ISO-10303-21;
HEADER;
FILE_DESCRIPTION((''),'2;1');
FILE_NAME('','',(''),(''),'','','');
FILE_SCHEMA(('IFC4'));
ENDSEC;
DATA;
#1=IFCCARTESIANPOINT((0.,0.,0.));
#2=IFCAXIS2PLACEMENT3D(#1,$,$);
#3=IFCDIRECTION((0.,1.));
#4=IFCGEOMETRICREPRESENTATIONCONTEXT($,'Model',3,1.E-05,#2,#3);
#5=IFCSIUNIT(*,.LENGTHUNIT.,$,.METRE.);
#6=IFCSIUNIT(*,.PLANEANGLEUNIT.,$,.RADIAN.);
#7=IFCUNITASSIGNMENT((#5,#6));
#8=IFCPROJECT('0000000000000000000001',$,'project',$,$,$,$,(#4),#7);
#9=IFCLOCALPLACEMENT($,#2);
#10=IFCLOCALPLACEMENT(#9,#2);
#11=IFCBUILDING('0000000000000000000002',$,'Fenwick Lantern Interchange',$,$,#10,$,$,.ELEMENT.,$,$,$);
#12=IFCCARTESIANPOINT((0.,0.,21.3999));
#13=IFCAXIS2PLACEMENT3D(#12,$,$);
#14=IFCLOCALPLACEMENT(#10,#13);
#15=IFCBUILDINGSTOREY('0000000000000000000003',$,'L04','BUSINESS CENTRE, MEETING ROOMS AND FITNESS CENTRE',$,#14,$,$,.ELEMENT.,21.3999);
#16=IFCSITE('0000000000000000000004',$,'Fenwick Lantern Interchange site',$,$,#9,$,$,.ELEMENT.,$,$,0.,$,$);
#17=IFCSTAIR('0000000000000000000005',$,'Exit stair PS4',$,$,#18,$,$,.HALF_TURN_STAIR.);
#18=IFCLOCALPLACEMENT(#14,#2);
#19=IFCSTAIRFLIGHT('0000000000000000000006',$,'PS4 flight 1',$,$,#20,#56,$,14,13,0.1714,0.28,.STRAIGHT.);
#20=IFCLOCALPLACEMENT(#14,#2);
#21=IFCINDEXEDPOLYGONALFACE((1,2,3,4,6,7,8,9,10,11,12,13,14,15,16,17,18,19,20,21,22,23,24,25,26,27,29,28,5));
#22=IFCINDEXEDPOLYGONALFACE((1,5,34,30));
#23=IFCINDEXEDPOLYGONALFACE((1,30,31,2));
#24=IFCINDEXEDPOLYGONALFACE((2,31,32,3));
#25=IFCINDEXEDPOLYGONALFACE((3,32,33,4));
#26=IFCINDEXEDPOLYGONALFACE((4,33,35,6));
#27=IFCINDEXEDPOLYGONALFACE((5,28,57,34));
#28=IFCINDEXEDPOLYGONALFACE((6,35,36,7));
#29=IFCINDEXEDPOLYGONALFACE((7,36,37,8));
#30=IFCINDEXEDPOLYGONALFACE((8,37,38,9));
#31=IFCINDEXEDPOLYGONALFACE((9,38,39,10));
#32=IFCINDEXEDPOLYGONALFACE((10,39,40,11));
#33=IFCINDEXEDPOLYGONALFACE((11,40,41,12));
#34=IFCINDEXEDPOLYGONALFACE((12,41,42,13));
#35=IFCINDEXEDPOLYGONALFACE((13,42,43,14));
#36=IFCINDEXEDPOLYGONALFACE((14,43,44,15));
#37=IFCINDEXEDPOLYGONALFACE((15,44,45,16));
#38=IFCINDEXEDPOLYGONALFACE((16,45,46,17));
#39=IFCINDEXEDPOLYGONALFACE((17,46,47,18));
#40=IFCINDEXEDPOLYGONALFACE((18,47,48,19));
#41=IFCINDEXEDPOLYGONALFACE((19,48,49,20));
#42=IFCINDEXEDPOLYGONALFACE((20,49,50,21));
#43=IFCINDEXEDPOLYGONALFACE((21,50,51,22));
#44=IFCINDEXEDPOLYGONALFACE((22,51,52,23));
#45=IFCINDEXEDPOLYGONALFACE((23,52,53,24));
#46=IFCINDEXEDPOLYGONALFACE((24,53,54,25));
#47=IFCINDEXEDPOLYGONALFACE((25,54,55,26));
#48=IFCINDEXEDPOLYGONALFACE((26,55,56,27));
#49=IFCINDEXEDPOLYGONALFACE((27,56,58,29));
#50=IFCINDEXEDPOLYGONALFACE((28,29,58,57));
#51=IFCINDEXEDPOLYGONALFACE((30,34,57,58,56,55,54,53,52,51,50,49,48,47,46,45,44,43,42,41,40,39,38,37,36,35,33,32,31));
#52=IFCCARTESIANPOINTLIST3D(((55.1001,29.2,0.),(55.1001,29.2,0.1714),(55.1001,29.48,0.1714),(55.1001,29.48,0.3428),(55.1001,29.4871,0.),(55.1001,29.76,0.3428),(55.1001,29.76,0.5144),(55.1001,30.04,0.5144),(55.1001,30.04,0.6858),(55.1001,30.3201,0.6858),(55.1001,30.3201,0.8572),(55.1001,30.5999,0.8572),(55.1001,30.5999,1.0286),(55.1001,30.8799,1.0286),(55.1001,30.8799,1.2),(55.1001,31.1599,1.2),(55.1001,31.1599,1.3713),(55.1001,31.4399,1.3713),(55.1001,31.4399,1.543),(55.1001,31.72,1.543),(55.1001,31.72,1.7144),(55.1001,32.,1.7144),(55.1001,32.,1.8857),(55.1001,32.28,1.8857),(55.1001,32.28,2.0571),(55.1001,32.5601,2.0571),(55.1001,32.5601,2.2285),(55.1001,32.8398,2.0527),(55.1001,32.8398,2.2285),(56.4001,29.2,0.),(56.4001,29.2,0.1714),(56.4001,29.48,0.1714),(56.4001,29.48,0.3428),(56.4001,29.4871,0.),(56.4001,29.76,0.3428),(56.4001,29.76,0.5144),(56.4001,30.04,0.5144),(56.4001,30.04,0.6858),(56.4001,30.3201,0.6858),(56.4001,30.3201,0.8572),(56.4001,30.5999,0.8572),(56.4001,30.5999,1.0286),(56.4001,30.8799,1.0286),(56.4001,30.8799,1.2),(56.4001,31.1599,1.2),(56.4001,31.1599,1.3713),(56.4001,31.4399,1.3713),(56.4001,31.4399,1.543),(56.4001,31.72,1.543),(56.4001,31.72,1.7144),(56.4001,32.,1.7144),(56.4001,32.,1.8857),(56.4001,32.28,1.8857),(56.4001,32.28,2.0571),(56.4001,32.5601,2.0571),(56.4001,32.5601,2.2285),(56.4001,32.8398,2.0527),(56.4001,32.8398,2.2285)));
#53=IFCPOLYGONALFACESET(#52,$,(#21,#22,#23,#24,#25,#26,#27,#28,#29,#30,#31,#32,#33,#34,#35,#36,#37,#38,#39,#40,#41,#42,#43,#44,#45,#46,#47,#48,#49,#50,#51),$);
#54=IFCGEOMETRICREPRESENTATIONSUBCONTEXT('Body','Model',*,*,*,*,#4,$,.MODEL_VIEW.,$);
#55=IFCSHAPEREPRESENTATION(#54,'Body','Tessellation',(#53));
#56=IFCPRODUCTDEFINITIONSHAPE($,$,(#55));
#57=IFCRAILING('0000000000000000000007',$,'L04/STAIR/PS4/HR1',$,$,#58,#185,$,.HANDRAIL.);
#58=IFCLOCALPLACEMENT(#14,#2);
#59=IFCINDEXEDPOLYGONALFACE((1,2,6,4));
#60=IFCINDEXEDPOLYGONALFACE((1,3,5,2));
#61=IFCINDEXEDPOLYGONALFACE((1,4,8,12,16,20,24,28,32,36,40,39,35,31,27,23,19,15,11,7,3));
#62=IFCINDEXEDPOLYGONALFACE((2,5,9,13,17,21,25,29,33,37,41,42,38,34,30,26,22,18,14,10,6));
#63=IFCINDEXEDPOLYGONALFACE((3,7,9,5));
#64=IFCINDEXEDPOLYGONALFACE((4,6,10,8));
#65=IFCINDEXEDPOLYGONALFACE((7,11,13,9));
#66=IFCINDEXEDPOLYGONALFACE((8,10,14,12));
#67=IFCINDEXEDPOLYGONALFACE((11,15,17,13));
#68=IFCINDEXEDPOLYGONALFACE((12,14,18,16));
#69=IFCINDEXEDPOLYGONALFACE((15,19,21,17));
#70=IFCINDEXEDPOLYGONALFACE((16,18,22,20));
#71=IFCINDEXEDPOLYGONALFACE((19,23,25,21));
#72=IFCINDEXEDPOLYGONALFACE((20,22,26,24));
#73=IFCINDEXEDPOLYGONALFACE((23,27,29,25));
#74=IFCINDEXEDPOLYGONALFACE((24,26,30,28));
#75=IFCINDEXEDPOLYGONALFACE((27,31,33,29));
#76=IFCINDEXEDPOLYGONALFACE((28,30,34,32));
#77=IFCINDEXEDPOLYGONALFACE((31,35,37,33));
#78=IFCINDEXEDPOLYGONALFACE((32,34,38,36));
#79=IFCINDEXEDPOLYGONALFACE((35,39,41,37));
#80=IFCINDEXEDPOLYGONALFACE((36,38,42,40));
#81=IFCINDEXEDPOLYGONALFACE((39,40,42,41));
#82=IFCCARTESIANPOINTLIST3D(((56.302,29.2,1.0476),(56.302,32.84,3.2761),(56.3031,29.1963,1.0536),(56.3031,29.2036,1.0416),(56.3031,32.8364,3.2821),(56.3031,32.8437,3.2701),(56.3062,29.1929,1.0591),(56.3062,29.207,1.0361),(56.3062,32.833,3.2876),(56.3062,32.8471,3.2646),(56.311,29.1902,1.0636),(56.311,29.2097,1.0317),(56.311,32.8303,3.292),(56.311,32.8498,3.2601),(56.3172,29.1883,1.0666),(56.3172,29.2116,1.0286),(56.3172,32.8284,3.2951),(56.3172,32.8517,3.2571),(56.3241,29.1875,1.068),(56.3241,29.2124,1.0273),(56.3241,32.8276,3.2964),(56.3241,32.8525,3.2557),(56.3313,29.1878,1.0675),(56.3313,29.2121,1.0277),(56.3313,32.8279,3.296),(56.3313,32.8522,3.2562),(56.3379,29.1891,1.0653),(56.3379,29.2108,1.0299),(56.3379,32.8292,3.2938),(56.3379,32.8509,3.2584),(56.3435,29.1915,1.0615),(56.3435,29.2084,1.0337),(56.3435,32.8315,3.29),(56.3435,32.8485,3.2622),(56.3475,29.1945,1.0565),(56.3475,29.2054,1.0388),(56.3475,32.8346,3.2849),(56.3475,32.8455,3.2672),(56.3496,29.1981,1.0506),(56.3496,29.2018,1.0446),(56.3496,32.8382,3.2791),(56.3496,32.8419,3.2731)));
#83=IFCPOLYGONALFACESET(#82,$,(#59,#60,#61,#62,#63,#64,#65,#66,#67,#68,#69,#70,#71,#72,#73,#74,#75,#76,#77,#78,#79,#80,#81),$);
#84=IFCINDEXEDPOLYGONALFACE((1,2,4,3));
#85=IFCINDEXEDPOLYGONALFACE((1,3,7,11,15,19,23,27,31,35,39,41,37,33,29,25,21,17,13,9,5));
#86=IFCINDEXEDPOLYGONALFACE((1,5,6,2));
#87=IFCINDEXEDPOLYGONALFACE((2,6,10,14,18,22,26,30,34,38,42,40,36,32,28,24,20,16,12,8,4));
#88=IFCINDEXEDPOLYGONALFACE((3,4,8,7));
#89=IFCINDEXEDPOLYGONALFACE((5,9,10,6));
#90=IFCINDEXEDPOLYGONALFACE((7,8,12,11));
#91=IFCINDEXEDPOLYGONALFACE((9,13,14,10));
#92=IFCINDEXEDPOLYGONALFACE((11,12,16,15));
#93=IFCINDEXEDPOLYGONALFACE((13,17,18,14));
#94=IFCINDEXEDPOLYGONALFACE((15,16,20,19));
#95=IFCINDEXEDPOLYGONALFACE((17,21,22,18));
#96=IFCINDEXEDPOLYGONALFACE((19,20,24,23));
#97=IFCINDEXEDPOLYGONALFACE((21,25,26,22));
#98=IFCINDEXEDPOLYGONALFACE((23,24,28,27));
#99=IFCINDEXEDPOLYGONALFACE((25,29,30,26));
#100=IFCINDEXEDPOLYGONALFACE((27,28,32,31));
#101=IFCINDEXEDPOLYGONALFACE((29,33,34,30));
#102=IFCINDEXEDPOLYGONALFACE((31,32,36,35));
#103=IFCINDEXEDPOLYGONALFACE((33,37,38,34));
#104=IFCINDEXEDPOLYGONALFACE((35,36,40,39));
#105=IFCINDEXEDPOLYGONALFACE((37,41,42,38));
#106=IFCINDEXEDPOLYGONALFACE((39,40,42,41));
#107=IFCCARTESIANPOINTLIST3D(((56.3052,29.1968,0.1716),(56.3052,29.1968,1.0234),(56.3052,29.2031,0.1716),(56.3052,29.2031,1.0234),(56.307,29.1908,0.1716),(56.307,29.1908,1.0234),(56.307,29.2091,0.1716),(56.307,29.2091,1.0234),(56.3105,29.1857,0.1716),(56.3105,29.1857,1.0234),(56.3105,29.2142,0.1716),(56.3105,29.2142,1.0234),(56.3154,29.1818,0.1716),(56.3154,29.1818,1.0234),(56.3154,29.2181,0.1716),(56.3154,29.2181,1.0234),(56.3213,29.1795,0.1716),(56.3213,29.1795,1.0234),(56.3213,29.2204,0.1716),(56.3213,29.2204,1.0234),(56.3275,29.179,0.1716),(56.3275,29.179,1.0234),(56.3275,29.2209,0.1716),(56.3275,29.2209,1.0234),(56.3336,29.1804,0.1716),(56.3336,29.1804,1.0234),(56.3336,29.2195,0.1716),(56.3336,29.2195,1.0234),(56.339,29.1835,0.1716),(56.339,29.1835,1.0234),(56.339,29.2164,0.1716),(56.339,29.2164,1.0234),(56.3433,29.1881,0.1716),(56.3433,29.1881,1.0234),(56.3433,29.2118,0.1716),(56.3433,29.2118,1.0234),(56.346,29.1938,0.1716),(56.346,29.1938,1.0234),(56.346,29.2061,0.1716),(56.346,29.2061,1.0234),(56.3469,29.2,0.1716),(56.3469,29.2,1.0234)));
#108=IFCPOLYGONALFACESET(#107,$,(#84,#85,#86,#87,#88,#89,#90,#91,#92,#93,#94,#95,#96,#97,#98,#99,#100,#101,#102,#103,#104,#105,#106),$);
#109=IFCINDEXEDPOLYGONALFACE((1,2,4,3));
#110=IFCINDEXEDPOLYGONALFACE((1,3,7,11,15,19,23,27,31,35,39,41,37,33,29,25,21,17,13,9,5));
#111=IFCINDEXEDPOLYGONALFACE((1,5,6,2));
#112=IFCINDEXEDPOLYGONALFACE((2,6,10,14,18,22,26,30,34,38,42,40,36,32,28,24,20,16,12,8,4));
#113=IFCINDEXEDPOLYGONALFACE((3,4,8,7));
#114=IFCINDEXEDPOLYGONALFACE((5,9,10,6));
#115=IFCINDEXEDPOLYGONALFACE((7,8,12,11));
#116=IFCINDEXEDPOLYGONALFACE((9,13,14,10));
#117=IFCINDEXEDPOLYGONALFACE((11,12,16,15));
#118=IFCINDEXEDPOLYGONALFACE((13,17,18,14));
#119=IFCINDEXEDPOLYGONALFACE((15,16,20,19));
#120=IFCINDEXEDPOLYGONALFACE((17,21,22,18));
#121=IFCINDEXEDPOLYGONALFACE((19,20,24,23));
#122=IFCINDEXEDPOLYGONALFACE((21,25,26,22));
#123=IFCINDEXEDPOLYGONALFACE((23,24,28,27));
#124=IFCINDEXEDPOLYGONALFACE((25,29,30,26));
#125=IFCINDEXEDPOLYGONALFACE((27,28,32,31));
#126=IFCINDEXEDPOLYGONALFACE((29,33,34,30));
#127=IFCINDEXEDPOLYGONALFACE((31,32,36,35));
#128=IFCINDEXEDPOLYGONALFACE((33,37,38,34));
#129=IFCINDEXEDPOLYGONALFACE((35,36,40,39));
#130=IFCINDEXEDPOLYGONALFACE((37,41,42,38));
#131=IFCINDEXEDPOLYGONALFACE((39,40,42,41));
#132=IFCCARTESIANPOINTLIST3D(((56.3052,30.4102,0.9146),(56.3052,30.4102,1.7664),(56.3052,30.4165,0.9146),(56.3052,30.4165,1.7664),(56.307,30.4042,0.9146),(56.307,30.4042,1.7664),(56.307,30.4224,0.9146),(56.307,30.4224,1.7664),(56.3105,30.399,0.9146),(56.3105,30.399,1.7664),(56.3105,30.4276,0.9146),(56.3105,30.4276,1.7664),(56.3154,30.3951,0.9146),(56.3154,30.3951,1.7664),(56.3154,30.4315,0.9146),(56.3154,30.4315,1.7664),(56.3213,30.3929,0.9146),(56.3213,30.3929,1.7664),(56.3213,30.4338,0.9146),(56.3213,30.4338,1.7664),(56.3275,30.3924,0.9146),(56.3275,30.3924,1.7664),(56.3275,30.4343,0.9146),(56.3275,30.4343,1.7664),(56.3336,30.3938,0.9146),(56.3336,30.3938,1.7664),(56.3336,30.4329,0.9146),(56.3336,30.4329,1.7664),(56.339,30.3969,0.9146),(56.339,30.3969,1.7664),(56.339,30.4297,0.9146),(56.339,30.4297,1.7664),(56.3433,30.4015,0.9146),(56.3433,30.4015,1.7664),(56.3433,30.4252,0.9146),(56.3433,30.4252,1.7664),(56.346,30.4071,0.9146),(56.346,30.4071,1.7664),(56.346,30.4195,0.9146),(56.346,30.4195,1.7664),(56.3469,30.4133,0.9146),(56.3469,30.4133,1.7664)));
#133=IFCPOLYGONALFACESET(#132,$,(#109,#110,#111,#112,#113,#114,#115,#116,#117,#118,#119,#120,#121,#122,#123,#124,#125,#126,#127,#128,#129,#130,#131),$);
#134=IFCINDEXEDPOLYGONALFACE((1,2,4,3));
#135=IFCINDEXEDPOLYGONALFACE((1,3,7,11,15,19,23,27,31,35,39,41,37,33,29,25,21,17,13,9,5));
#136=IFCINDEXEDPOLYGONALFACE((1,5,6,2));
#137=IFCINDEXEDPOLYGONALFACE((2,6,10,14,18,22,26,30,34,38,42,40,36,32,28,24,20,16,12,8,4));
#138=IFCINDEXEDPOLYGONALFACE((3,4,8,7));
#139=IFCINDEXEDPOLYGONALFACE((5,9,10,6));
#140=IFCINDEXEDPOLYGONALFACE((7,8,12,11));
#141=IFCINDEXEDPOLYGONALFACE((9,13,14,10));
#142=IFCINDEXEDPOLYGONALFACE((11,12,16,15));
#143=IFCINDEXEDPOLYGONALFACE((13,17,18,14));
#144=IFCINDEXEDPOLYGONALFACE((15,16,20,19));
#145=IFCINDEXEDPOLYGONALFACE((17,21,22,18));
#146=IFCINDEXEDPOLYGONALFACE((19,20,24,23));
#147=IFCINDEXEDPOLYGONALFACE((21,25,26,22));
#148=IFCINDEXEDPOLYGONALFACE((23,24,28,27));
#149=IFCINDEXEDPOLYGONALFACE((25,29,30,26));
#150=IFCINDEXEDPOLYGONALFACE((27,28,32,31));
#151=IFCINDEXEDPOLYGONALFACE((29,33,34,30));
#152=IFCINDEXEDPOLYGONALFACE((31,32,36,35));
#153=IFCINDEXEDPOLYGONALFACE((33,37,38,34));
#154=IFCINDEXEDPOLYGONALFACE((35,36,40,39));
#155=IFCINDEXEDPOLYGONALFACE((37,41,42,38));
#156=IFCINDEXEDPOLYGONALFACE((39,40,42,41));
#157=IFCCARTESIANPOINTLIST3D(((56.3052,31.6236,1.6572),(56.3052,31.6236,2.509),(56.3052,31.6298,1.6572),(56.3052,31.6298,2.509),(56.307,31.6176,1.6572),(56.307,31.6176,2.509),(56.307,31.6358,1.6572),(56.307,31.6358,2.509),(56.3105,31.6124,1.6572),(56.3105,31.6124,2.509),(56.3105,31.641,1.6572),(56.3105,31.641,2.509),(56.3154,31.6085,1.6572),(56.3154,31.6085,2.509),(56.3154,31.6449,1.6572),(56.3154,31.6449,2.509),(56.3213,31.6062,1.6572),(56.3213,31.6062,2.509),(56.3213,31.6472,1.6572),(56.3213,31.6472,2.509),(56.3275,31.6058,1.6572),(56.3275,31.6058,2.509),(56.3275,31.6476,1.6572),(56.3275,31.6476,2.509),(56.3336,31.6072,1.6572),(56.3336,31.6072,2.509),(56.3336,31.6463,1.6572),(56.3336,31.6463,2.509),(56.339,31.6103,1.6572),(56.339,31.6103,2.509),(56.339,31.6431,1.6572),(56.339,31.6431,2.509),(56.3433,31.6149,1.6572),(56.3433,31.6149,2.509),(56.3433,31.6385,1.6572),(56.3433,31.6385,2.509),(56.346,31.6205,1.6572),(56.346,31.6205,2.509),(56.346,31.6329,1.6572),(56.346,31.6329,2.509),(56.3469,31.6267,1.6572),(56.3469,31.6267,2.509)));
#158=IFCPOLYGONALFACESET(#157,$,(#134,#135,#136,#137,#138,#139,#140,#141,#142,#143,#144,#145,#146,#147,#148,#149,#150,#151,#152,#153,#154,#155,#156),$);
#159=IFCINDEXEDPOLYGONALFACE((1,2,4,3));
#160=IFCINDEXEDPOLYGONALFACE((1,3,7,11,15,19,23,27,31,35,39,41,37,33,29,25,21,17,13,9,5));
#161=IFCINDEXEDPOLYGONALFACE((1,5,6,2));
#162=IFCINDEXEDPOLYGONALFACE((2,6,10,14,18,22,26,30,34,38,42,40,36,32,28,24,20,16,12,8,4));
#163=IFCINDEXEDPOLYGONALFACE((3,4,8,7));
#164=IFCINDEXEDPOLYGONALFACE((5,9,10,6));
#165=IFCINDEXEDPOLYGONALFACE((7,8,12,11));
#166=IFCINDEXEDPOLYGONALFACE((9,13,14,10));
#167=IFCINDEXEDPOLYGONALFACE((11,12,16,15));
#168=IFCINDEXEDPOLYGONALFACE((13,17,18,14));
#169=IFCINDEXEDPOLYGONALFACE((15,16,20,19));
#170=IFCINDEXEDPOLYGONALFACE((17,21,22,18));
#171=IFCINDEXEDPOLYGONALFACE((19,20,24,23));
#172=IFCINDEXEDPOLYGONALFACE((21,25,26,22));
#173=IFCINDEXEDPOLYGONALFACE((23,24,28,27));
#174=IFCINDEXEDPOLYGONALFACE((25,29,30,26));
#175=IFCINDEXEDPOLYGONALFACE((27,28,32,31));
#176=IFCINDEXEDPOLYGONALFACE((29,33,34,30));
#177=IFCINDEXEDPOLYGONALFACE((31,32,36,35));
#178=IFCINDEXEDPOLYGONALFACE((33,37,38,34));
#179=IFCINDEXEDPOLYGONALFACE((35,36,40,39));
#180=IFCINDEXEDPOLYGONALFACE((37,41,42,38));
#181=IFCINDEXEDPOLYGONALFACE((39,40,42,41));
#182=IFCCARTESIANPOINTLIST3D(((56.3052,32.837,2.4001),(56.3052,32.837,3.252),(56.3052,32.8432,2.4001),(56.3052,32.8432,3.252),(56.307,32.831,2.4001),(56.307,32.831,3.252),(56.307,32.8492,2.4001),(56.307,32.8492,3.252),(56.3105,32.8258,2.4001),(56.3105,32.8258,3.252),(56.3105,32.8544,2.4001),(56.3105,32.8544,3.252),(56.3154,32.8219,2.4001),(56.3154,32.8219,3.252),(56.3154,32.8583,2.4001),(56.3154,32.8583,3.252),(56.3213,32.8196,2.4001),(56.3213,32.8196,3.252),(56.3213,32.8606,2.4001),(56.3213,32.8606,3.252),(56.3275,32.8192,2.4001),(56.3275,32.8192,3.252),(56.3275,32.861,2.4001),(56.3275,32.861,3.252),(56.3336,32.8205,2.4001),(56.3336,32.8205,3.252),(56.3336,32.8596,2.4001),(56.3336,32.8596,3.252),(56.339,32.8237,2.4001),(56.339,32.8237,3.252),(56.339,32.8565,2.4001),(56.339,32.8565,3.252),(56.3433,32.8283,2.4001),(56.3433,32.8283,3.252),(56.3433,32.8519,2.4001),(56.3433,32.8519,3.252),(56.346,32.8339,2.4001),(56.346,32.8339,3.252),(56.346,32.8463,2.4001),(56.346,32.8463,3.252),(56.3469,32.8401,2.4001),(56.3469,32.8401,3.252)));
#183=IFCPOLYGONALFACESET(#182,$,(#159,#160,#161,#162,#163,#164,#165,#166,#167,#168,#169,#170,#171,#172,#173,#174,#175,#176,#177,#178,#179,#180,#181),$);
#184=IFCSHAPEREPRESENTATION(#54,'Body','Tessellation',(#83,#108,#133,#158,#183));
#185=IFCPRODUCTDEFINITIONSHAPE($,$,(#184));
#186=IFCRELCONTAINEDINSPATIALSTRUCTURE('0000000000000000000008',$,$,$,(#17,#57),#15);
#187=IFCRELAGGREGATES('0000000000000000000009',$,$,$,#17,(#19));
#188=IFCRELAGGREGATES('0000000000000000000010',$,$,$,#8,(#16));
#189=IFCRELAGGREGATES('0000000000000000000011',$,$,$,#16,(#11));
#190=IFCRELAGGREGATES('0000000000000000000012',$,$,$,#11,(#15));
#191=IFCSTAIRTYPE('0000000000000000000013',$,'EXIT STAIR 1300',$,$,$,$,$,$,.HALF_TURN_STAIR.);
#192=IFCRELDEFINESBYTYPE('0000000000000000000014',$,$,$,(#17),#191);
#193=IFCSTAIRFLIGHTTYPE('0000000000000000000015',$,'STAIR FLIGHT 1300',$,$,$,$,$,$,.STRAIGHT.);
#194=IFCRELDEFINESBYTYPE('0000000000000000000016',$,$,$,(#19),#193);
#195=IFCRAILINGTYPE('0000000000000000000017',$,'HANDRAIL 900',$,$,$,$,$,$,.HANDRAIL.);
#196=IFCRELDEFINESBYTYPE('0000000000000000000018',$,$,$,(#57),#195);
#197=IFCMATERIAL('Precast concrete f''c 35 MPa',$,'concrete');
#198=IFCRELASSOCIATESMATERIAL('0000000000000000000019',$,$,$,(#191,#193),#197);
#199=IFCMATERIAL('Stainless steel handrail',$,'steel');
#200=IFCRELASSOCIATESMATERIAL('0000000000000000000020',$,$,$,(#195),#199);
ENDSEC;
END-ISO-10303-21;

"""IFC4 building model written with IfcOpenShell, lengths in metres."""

from ifc_helpers import new_model, si_unit, direction, frame, origin, origin_2d, place, context, subcontext, project, spatial, polyline, circle, outline, extrude, material, type_object, element, aggregate, save


model = new_model("IFC4")

# Units and contexts
model_context = context("Model", 3, precision=1e-05, world=origin(), true_north=direction((0.0, 1.0)))
body_context = subcontext(model_context, "Body", "Model", "MODEL_VIEW")
ifc_project = project(units=[si_unit("LENGTHUNIT", "METRE"), si_unit("PLANEANGLEUNIT", "RADIAN")], contexts=[model_context])

# Site, building, storey
site_placement = place(None, origin())
site = spatial("IfcSite", under=ifc_project, at=site_placement, Name="Fenwick Lantern Interchange site", CompositionType="ELEMENT", RefElevation=0.0)
building_placement = place(site_placement, origin())
building = spatial("IfcBuilding", under=site, at=building_placement, Name="Fenwick Lantern Interchange", CompositionType="ELEMENT")
storey_placement = place(building_placement, frame((0.0, 0.0, 21.3999)))
storey = spatial("IfcBuildingStorey", under=building, at=storey_placement, Name="L04", Description="BUSINESS CENTRE, MEETING ROOMS AND FITNESS CENTRE", CompositionType="ELEMENT", Elevation=21.3999)

# Stair, stair flight
ifc_material_1 = material(Name="Precast concrete f'c 35 MPa", Category="concrete")
stair_type = type_object("IfcStairType", Name="EXIT STAIR 1300", PredefinedType="HALF_TURN_STAIR", material=ifc_material_1)
stair_placement = place(storey_placement, origin())
stair = element("IfcStair", 1, at=stair_placement, inside=storey, type_object=stair_type, Name="Exit stair PS4", PredefinedType="HALF_TURN_STAIR")
stair_flight_type = type_object("IfcStairFlightType", Name="STAIR FLIGHT 1300", PredefinedType="STRAIGHT", material=ifc_material_1)
stair_flight_placement = place(storey_placement, frame((55.75, 29.2, 0.0), z_axis=(0.0, 0.0, 1.0), x_axis=(0.0, 1.0, 0.0)))
stair_flight = element("IfcStairFlight", 2, at=stair_flight_placement, type_object=stair_flight_type, Name="PS4 flight 1", NumberOfRisers=14, NumberOfTreads=13, PredefinedType="STRAIGHT", RiserHeight=0.1714, TreadLength=0.28, context=body_context, shape_type="SweptSolid", body=[
    extrude(outline(polyline([(0.0, 0.0), (0.0, 0.1714), (0.28, 0.1714), (0.28, 0.3428), (0.5601, 0.3428), (0.5601, 0.5144), (0.8401, 0.5144), (0.8401, 0.6858), (1.1201, 0.6858), (1.1201, 0.8572), (1.3999, 0.8572), (1.3999, 1.0286), (1.6799, 1.0286), (1.6799, 1.2), (1.96, 1.2), (1.96, 1.3713), (2.24, 1.3713), (2.24, 1.543), (2.52, 1.543), (2.52, 1.7144), (2.8, 1.7144), (2.8, 1.8857), (3.0801, 1.8857), (3.0801, 2.0571), (3.3601, 2.0571), (3.3601, 2.2285), (3.6399, 2.2285), (3.6399, 2.3999), (3.6399, 2.0527), (0.2871, 0.0), (0.0, 0.0)])), frame((0.0, 0.6499, 0.0), z_axis=(0.0, -1.0, 0.0), x_axis=(1.0, 0.0, 0.0)), (0.0, 0.0, 1.0), 1.3),
])
aggregate(stair, [stair_flight])

# Railing
ifc_material_2 = material(Name="Stainless steel handrail", Category="steel")
railing_type = type_object("IfcRailingType", Name="HANDRAIL 900", PredefinedType="HANDRAIL", material=ifc_material_2)
railing_placement = place(storey_placement, frame((56.3259, 29.2, 0.1716)))
element("IfcRailing", 3, at=railing_placement, inside=storey, type_object=railing_type, Name="L04/STAIR/PS4/HR1", PredefinedType="HANDRAIL", context=body_context, shape_type="SweptSolid", body=[
    extrude(circle(Radius=0.0239, at=origin_2d()), frame((0.0, 0.0, 0.876), z_axis=(0.0, 0.852866, 0.52213), x_axis=(-1.0, 0.0, 0.0)), (0.0, 0.0, 1.0), 4.2681),
    extrude(circle(Radius=0.021, at=origin_2d()), origin(), (0.0, 0.0, 1.0), 0.8518),
    extrude(circle(Radius=0.021, at=origin_2d()), frame((0.0, 1.2134, 0.7429)), (0.0, 0.0, 1.0), 0.8518),
    extrude(circle(Radius=0.021, at=origin_2d()), frame((0.0, 2.4268, 1.4856)), (0.0, 0.0, 1.0), 0.8518),
    extrude(circle(Radius=0.021, at=origin_2d()), frame((0.0, 3.6401, 2.2285)), (0.0, 0.0, 1.0), 0.8518),
])

save(model, "model.ifc")
